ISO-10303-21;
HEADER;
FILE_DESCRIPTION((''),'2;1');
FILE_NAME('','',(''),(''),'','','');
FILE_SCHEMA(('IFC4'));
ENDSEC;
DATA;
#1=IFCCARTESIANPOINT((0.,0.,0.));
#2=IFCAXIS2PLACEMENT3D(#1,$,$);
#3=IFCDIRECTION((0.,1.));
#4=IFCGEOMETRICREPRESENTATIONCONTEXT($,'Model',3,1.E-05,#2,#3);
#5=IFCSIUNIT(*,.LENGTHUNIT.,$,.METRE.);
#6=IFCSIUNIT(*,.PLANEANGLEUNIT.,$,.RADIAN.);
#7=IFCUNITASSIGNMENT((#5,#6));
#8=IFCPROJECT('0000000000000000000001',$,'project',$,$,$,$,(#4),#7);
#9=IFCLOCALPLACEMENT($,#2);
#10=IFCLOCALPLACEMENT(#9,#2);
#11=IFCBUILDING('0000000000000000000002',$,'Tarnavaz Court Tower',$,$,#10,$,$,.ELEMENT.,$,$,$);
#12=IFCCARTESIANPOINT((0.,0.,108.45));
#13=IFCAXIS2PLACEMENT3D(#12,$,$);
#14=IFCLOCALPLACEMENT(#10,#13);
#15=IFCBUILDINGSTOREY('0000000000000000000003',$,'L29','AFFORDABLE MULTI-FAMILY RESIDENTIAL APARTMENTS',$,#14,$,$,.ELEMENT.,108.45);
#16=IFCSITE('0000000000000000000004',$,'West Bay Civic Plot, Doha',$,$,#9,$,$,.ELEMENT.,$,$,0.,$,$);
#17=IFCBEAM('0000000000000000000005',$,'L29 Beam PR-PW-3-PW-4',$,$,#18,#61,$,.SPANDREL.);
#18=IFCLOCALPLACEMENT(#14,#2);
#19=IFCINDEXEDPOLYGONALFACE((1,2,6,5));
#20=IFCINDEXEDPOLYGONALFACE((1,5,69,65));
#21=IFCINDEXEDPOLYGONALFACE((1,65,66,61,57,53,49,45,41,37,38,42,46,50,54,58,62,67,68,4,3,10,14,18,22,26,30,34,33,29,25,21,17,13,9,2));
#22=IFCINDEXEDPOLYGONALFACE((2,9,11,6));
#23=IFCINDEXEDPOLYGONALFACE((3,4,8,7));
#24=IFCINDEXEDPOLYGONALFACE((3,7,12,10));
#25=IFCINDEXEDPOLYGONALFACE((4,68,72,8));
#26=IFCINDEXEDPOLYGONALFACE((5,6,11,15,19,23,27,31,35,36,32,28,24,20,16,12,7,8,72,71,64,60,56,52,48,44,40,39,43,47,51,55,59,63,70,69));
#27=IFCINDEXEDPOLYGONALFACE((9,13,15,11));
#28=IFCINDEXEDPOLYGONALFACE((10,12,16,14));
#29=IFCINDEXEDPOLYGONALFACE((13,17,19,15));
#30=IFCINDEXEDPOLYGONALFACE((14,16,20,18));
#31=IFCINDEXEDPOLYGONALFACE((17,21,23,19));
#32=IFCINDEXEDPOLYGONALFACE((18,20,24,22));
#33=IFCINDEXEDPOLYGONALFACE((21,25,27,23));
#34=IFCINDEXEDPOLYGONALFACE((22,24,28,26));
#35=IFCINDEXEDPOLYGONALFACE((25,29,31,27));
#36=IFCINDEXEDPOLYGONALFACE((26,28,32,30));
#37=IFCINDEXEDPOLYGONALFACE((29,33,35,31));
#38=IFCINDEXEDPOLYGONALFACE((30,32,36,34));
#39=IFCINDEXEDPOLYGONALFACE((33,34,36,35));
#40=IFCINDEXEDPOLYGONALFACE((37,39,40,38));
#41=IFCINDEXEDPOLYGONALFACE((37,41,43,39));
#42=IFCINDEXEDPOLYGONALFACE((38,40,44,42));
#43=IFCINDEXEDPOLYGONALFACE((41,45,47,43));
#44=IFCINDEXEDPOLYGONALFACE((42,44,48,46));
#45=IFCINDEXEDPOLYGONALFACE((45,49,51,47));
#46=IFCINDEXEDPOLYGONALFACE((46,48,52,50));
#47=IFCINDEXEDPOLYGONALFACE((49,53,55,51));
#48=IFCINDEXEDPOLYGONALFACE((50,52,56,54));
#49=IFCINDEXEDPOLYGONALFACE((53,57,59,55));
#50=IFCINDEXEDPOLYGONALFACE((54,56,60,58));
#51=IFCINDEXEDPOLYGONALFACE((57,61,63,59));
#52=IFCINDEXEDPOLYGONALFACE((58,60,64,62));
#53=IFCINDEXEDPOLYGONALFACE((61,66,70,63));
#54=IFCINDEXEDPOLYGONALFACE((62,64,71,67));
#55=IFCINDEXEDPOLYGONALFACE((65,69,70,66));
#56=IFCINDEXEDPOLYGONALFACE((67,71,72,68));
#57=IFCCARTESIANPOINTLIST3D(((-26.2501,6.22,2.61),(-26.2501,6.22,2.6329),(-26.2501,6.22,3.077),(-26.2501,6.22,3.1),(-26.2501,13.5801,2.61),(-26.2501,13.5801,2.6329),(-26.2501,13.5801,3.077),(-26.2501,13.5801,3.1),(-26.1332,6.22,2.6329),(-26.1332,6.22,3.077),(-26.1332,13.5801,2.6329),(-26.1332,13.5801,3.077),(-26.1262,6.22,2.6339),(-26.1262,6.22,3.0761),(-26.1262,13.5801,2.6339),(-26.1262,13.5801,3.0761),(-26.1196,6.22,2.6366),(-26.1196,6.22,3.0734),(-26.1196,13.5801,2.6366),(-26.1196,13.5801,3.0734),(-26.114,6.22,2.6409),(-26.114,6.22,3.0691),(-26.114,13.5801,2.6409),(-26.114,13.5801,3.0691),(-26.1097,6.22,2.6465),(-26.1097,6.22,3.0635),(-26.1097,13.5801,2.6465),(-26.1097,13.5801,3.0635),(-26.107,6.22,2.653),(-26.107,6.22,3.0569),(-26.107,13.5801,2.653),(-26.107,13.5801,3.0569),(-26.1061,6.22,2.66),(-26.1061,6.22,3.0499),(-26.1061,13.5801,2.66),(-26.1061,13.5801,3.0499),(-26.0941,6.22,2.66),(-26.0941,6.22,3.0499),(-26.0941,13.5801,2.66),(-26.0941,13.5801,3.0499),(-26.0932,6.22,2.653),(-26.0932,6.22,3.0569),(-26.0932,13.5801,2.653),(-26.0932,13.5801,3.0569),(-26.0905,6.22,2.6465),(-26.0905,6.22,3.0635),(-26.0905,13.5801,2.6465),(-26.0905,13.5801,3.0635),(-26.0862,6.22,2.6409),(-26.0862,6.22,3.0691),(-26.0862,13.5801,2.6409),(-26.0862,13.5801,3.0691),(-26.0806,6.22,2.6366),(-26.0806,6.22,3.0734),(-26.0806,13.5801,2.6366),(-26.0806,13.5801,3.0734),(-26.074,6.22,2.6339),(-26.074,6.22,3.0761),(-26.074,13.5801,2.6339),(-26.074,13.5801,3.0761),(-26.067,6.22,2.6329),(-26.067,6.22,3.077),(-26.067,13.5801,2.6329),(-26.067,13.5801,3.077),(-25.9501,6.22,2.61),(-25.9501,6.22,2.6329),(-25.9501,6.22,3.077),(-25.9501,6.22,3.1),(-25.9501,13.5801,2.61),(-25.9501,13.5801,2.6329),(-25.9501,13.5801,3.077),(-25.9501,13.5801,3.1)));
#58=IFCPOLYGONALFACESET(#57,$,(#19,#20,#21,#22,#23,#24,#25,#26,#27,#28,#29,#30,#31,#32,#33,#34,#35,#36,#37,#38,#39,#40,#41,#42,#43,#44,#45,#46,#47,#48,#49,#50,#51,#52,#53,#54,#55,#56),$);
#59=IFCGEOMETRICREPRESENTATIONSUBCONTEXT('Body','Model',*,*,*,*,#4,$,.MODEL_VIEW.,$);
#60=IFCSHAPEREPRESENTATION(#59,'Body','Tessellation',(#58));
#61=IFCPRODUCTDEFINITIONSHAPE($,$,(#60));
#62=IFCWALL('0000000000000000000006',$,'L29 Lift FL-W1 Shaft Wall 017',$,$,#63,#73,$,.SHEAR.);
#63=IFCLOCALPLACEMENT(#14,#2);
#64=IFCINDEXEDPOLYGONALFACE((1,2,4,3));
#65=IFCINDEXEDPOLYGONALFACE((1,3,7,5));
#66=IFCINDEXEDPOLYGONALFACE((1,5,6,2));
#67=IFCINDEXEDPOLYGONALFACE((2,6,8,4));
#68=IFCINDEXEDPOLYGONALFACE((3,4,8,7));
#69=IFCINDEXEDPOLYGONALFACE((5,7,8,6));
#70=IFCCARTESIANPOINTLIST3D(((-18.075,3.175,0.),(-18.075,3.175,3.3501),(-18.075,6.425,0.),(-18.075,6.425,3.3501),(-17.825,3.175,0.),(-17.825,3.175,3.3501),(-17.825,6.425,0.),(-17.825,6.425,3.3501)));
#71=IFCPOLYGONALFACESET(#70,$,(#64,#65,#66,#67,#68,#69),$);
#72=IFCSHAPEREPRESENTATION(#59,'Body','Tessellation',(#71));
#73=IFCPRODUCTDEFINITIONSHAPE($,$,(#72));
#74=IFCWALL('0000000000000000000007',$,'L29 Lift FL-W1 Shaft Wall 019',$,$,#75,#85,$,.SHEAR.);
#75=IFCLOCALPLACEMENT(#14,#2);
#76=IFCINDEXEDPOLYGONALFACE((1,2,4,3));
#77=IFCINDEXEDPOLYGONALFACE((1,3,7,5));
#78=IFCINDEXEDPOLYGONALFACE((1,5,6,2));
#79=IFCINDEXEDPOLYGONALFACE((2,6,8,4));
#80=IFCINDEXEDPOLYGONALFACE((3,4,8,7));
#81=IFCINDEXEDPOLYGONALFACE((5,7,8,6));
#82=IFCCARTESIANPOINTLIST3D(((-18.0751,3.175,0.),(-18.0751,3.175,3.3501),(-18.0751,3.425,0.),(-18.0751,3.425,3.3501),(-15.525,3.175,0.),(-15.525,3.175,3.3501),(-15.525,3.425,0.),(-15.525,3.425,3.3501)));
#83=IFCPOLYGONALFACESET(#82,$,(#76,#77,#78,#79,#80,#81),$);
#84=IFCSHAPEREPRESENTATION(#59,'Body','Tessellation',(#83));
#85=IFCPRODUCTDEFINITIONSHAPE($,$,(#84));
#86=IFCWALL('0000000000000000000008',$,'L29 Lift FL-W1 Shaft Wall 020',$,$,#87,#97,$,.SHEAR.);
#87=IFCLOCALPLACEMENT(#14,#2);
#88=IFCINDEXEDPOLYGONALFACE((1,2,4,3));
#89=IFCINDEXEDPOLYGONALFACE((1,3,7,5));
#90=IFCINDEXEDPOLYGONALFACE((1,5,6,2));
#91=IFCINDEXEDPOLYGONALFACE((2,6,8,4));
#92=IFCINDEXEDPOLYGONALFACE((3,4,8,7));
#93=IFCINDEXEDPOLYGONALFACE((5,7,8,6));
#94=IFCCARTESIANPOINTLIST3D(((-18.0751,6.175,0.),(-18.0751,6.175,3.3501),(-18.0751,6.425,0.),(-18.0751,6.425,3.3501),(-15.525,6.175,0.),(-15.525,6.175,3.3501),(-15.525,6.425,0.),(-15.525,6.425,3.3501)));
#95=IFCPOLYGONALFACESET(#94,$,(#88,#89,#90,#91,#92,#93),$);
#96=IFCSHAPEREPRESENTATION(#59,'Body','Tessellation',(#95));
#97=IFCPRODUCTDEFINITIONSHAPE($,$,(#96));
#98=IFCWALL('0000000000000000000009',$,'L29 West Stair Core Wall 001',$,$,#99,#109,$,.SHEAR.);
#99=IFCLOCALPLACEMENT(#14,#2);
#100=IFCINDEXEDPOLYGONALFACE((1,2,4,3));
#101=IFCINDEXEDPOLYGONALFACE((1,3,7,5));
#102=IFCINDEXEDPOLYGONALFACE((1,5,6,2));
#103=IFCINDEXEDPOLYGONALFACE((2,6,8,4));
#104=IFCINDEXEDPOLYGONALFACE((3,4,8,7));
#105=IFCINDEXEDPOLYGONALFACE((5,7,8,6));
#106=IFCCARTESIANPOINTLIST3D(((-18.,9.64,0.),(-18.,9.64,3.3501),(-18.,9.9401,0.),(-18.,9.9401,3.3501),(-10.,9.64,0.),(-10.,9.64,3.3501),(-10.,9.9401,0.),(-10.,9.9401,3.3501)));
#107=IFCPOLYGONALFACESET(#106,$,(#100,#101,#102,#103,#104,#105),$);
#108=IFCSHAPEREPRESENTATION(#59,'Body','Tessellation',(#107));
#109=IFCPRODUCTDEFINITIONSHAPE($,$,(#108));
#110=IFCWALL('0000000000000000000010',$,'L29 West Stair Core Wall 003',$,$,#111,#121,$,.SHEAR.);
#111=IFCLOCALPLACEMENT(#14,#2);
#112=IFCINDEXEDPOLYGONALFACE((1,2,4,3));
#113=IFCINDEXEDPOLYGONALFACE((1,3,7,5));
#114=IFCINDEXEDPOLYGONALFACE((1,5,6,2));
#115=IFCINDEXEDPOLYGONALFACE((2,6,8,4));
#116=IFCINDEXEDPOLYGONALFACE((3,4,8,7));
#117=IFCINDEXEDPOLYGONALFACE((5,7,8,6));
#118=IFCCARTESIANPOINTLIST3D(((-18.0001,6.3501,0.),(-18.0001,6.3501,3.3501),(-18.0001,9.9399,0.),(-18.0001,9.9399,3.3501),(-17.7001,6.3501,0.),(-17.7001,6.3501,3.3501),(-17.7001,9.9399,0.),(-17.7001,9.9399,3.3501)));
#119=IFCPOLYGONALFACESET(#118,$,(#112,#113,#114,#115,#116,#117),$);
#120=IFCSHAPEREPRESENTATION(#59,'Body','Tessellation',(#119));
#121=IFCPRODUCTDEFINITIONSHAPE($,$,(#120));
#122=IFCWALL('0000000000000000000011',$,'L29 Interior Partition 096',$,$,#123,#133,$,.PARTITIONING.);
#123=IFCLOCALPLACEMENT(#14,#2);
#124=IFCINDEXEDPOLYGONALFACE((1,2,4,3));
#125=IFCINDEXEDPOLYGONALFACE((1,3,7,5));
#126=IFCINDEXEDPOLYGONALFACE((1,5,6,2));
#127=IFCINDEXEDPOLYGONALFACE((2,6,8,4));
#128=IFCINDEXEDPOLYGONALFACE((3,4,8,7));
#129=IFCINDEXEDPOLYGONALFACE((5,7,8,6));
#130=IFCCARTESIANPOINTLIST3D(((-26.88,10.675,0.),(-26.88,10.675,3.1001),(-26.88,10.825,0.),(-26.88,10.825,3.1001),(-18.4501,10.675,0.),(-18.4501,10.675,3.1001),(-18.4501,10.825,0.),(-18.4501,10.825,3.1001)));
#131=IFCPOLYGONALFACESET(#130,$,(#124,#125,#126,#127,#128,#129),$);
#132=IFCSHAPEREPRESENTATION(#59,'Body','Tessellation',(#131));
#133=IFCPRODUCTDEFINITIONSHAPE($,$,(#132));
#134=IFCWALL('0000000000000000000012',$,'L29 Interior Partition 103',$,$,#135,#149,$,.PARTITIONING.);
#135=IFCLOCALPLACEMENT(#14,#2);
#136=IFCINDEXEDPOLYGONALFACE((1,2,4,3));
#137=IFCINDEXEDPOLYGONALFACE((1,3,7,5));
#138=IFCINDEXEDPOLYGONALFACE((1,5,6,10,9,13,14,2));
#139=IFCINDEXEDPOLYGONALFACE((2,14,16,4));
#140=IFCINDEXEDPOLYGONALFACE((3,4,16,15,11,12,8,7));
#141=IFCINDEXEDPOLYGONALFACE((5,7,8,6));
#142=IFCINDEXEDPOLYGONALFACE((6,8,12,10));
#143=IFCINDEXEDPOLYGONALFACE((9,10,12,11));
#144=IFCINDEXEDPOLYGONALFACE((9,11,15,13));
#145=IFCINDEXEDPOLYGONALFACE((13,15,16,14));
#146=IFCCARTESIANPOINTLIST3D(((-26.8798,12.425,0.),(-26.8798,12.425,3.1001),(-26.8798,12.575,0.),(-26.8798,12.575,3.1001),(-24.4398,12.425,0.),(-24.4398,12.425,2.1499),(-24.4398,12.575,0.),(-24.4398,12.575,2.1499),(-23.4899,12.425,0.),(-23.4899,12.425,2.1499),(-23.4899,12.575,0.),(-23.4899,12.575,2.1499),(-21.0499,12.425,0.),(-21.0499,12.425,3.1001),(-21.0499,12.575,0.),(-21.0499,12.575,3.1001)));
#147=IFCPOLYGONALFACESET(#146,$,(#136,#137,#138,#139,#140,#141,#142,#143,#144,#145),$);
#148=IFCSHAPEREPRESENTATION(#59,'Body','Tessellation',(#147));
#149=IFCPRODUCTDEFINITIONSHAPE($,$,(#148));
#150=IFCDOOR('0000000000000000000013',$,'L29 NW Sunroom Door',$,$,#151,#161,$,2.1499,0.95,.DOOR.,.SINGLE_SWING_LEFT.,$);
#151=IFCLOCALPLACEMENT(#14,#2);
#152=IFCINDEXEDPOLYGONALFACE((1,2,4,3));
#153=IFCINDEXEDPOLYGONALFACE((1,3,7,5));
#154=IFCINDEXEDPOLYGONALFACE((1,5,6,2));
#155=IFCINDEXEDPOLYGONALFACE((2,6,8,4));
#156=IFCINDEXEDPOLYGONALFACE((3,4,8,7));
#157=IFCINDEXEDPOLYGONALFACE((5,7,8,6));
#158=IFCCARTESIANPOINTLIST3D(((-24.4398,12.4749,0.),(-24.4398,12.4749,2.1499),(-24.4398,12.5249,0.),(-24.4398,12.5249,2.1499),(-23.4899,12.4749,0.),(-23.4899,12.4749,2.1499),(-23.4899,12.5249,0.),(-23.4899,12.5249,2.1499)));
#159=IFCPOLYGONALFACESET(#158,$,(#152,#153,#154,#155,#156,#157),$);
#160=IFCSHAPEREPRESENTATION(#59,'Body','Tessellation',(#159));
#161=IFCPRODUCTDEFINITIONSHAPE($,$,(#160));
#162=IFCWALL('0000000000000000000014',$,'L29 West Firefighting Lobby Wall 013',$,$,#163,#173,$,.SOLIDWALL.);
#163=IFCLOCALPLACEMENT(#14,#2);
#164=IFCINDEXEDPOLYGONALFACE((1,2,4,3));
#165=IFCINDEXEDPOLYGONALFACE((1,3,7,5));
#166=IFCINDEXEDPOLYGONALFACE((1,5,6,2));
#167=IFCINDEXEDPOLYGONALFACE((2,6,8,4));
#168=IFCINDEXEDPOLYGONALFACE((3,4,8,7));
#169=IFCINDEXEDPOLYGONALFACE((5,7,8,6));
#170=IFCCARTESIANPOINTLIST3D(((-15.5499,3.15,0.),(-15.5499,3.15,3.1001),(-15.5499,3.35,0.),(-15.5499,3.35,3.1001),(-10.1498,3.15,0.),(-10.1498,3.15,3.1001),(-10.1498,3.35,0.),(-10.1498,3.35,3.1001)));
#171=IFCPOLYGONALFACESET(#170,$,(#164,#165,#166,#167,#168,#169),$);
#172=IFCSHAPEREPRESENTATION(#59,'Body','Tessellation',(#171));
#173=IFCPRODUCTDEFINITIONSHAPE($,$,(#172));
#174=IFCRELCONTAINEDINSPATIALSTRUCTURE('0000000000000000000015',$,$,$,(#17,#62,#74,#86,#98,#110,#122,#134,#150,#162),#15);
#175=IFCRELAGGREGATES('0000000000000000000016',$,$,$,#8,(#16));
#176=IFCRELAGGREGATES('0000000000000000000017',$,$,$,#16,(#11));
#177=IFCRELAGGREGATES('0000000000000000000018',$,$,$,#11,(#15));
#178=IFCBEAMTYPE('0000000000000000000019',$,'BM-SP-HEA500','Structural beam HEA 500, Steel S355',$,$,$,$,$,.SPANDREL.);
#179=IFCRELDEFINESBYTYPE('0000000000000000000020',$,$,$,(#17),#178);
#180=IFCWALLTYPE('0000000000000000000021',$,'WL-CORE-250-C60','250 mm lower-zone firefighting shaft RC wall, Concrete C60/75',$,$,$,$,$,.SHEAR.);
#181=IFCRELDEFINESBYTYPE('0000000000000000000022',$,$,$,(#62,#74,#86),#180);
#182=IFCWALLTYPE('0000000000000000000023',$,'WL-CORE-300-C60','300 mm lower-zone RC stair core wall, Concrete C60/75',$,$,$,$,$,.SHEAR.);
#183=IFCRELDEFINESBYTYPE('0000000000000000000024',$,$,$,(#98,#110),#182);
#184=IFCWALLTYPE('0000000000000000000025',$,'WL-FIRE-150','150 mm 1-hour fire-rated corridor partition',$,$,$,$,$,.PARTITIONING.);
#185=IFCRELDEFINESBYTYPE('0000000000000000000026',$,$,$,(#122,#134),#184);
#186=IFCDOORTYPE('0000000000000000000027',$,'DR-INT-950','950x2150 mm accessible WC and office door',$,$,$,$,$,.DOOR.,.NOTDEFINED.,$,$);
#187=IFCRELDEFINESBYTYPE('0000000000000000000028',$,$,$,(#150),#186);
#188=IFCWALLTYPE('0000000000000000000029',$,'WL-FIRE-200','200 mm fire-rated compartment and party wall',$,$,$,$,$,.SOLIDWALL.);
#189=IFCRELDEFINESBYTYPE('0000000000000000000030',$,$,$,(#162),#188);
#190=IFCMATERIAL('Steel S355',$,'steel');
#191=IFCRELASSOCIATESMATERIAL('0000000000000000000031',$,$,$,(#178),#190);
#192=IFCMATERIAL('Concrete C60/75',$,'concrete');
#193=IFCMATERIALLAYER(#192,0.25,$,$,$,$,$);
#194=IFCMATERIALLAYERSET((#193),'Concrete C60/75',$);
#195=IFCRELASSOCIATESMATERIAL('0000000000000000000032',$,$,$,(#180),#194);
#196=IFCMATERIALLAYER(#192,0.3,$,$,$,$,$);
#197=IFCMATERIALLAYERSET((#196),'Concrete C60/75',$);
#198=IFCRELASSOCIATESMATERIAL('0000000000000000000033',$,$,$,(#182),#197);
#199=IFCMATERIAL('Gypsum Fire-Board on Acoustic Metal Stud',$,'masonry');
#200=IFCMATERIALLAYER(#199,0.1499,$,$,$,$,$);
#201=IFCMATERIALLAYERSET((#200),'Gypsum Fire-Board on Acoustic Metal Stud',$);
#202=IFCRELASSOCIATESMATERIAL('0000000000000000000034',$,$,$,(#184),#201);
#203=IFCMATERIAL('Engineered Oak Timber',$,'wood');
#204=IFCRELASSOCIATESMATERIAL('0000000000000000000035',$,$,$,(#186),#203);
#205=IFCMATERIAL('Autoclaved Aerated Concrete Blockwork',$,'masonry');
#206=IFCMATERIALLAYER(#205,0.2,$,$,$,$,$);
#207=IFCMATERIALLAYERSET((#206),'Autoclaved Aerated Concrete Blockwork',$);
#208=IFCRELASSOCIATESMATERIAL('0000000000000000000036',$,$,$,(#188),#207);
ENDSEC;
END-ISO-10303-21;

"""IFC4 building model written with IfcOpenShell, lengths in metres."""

from ifc_helpers import new_model, si_unit, direction, frame, frame_2d, origin, origin_2d, place, context, subcontext, project, spatial, rectangle, i_section, extrude, material, layer, layer_set, material_profile, profile_set, type_object, element, fill, save


model = new_model("IFC4")

# Units and contexts
model_context = context("Model", 3, precision=1e-05, world=origin(), true_north=direction((0.0, 1.0)))
body_context = subcontext(model_context, "Body", "Model", "MODEL_VIEW")
ifc_project = project(units=[si_unit("LENGTHUNIT", "METRE"), si_unit("PLANEANGLEUNIT", "RADIAN")], contexts=[model_context])

# Site, building, storey
site_placement = place(None, origin())
site = spatial("IfcSite", under=ifc_project, at=site_placement, Name="West Bay Civic Plot, Doha", CompositionType="ELEMENT", RefElevation=0.0)
building_placement = place(site_placement, origin())
building = spatial("IfcBuilding", under=site, at=building_placement, Name="Tarnavaz Court Tower", CompositionType="ELEMENT")
storey_placement = place(building_placement, frame((0.0, 0.0, 108.45)))
storey = spatial("IfcBuildingStorey", under=building, at=storey_placement, Name="L29", Description="AFFORDABLE MULTI-FAMILY RESIDENTIAL APARTMENTS", CompositionType="ELEMENT", Elevation=108.45)

# Shared definitions
ifc_material_1 = material(Name="Concrete C60/75", Category="concrete")

# Beam
ifc_material_2 = material(Name="Steel S355", Category="steel")
ifc_material_profile_1 = material_profile(ifc_material_2, i_section(OverallWidth=0.3, OverallDepth=0.49, WebThickness=0.012, FlangeThickness=0.0229, FilletRadius=0.0271, at=origin_2d()), Name="HEA 500")
ifc_profile_set_1 = profile_set([ifc_material_profile_1], Name="Steel S355")
beam_type_1 = type_object("IfcBeamType", Name="BM-SP-HEA500", Description="Structural beam HEA 500, Steel S355", PredefinedType="SPANDREL", material=ifc_profile_set_1)
beam_1_placement = place(storey_placement, frame((-26.1001, 6.22, 2.855), z_axis=(0.0, 1.0, 0.0), x_axis=(-1.0, 0.0, 0.0)))
element("IfcBeam", 1, at=beam_1_placement, inside=storey, type_object=beam_type_1, Name="L29 Beam PR-PW-3-PW-4", PredefinedType="SPANDREL", context=body_context, shape_type="SweptSolid", body=[
    extrude(i_section(OverallWidth=0.3, OverallDepth=0.49, WebThickness=0.012, FlangeThickness=0.0229, FilletRadius=0.0271, at=origin_2d()), origin(), (0.0, 0.0, 1.0), 7.3601),
])

# Wall
ifc_layer_1 = layer(ifc_material_1, 0.25)
ifc_layer_set_1 = layer_set([ifc_layer_1], Name="Concrete C60/75")
wall_type_1 = type_object("IfcWallType", Name="WL-CORE-250-C60", Description="250 mm lower-zone firefighting shaft RC wall, Concrete C60/75", PredefinedType="SHEAR", material=ifc_layer_set_1)
wall_1_placement = place(storey_placement, frame((-17.95, 3.175, 0.0), z_axis=(0.0, 0.0, 1.0), x_axis=(0.0, 1.0, 0.0)))
element("IfcWall", 2, at=wall_1_placement, inside=storey, type_object=wall_type_1, Name="L29 Lift FL-W1 Shaft Wall 017", PredefinedType="SHEAR", context=body_context, shape_type="SweptSolid", body=[
    extrude(rectangle(XDim=3.25, YDim=0.25, at=frame_2d((1.625, 0.0))), origin(), (0.0, 0.0, 1.0), 3.3501),
])

# Walls
for number, where, z_axis, x_axis, name in (
    (3, (-18.075, 3.3, 0.0), (0.0, 0.0, 1.0), (1.0, 0.0, 0.0), "L29 Lift FL-W1 Shaft Wall 019"),
    (4, (-18.075, 6.3, 0.0), (0.0, 0.0, 1.0), (1.0, 0.0, 0.0), "L29 Lift FL-W1 Shaft Wall 020"),
):
    element("IfcWall", number, at=place(storey_placement, frame(where, z_axis=z_axis, x_axis=x_axis)), inside=storey, type_object=wall_type_1, Name=name, PredefinedType="SHEAR", context=body_context, shape_type="SweptSolid", body=[
        extrude(rectangle(XDim=2.55, YDim=0.25, at=frame_2d((1.2749, 0.0))), origin(), (0.0, 0.0, 1.0), 3.3501),
    ])
ifc_layer_2 = layer(ifc_material_1, 0.3)
ifc_layer_set_2 = layer_set([ifc_layer_2], Name="Concrete C60/75")
wall_type_2 = type_object("IfcWallType", Name="WL-CORE-300-C60", Description="300 mm lower-zone RC stair core wall, Concrete C60/75", PredefinedType="SHEAR", material=ifc_layer_set_2)
wall_2_placement = place(storey_placement, frame((-18.0, 9.79, 0.0), z_axis=(0.0, 0.0, 1.0), x_axis=(1.0, 0.0, 0.0)))
element("IfcWall", 5, at=wall_2_placement, inside=storey, type_object=wall_type_2, Name="L29 West Stair Core Wall 001", PredefinedType="SHEAR", context=body_context, shape_type="SweptSolid", body=[
    extrude(rectangle(XDim=8.0, YDim=0.3, at=frame_2d((4.0, 0.0))), origin(), (0.0, 0.0, 1.0), 3.3501),
])

# Walls
wall_3_placement = place(storey_placement, frame((-17.8501, 6.3501, 0.0), z_axis=(0.0, 0.0, 1.0), x_axis=(0.0, 1.0, 0.0)))
element("IfcWall", 6, at=wall_3_placement, inside=storey, type_object=wall_type_2, Name="L29 West Stair Core Wall 003", PredefinedType="SHEAR", context=body_context, shape_type="SweptSolid", body=[
    extrude(rectangle(XDim=3.5898, YDim=0.3, at=frame_2d((1.7949, 0.0))), origin(), (0.0, 0.0, 1.0), 3.3501),
])
ifc_material_3 = material(Name="Gypsum Fire-Board on Acoustic Metal Stud", Category="masonry")
ifc_layer_3 = layer(ifc_material_3, 0.1499)
ifc_layer_set_3 = layer_set([ifc_layer_3], Name="Gypsum Fire-Board on Acoustic Metal Stud")
wall_type_3 = type_object("IfcWallType", Name="WL-FIRE-150", Description="150 mm 1-hour fire-rated corridor partition", PredefinedType="PARTITIONING", material=ifc_layer_set_3)
wall_4_placement = place(storey_placement, frame((-26.8799, 10.75, 0.0), z_axis=(0.0, 0.0, 1.0), x_axis=(1.0, 0.0, 0.0)))
element("IfcWall", 7, at=wall_4_placement, inside=storey, type_object=wall_type_3, Name="L29 Interior Partition 096", PredefinedType="PARTITIONING", context=body_context, shape_type="SweptSolid", body=[
    extrude(rectangle(XDim=8.4299, YDim=0.1499, at=frame_2d((4.2148, 0.0))), origin(), (0.0, 0.0, 1.0), 3.1001),
])

# Wall, opening, door
wall_5_placement = place(storey_placement, frame((-26.8799, 12.5, 0.0), z_axis=(0.0, 0.0, 1.0), x_axis=(1.0, 0.0, 0.0)))
wall_5 = element("IfcWall", 8, at=wall_5_placement, inside=storey, type_object=wall_type_3, Name="L29 Interior Partition 103", PredefinedType="PARTITIONING", context=body_context, shape_type="SweptSolid", body=[
    extrude(rectangle(XDim=5.8298, YDim=0.1499, at=frame_2d((2.915, 0.0))), origin(), (0.0, 0.0, 1.0), 3.1001),
])
opening_1_placement = place(wall_5_placement, frame((2.4399, 0.0, 0.0)))
opening_1 = element("IfcOpeningElement", 9, at=opening_1_placement, cuts=wall_5, PredefinedType="OPENING", context=body_context, shape_type="SweptSolid", body=[
    extrude(rectangle(XDim=0.95, YDim=2.1499, at=frame_2d((0.4751, 1.075))), frame((0.0, 0.085, 0.0), z_axis=(0.0, -1.0, 0.0), x_axis=(1.0, 0.0, 0.0)), (0.0, 0.0, 1.0), 0.1699),
])
ifc_material_4 = material(Name="Engineered Oak Timber", Category="wood")
door_type_1 = type_object("IfcDoorType", Name="DR-INT-950", Description="950x2150 mm accessible WC and office door", OperationType="NOTDEFINED", PredefinedType="DOOR", material=ifc_material_4)
door_1_placement = place(opening_1_placement, origin())
door_1 = element("IfcDoor", 10, at=door_1_placement, inside=storey, type_object=door_type_1, Name="L29 NW Sunroom Door", OperationType="SINGLE_SWING_LEFT", OverallHeight=2.1499, OverallWidth=0.95, PredefinedType="DOOR", context=body_context, shape_type="SweptSolid", body=[
    extrude(rectangle(XDim=0.95, YDim=2.1499, at=frame_2d((0.4751, 1.075))), frame((0.0, 0.0249, 0.0), z_axis=(0.0, -1.0, 0.0), x_axis=(1.0, 0.0, 0.0)), (0.0, 0.0, 1.0), 0.05),
])
fill(opening_1, door_1)

# Wall
ifc_material_5 = material(Name="Autoclaved Aerated Concrete Blockwork", Category="masonry")
ifc_layer_4 = layer(ifc_material_5, 0.2)
ifc_layer_set_4 = layer_set([ifc_layer_4], Name="Autoclaved Aerated Concrete Blockwork")
wall_type_4 = type_object("IfcWallType", Name="WL-FIRE-200", Description="200 mm fire-rated compartment and party wall", PredefinedType="SOLIDWALL", material=ifc_layer_set_4)
wall_6_placement = place(storey_placement, frame((-15.55, 3.25, 0.0), z_axis=(0.0, 0.0, 1.0), x_axis=(1.0, 0.0, 0.0)))
element("IfcWall", 11, at=wall_6_placement, inside=storey, type_object=wall_type_4, Name="L29 West Firefighting Lobby Wall 013", PredefinedType="SOLIDWALL", context=body_context, shape_type="SweptSolid", body=[
    extrude(rectangle(XDim=5.4001, YDim=0.2, at=frame_2d((2.7002, 0.0))), origin(), (0.0, 0.0, 1.0), 3.1001),
])

save(model, "model.ifc")
